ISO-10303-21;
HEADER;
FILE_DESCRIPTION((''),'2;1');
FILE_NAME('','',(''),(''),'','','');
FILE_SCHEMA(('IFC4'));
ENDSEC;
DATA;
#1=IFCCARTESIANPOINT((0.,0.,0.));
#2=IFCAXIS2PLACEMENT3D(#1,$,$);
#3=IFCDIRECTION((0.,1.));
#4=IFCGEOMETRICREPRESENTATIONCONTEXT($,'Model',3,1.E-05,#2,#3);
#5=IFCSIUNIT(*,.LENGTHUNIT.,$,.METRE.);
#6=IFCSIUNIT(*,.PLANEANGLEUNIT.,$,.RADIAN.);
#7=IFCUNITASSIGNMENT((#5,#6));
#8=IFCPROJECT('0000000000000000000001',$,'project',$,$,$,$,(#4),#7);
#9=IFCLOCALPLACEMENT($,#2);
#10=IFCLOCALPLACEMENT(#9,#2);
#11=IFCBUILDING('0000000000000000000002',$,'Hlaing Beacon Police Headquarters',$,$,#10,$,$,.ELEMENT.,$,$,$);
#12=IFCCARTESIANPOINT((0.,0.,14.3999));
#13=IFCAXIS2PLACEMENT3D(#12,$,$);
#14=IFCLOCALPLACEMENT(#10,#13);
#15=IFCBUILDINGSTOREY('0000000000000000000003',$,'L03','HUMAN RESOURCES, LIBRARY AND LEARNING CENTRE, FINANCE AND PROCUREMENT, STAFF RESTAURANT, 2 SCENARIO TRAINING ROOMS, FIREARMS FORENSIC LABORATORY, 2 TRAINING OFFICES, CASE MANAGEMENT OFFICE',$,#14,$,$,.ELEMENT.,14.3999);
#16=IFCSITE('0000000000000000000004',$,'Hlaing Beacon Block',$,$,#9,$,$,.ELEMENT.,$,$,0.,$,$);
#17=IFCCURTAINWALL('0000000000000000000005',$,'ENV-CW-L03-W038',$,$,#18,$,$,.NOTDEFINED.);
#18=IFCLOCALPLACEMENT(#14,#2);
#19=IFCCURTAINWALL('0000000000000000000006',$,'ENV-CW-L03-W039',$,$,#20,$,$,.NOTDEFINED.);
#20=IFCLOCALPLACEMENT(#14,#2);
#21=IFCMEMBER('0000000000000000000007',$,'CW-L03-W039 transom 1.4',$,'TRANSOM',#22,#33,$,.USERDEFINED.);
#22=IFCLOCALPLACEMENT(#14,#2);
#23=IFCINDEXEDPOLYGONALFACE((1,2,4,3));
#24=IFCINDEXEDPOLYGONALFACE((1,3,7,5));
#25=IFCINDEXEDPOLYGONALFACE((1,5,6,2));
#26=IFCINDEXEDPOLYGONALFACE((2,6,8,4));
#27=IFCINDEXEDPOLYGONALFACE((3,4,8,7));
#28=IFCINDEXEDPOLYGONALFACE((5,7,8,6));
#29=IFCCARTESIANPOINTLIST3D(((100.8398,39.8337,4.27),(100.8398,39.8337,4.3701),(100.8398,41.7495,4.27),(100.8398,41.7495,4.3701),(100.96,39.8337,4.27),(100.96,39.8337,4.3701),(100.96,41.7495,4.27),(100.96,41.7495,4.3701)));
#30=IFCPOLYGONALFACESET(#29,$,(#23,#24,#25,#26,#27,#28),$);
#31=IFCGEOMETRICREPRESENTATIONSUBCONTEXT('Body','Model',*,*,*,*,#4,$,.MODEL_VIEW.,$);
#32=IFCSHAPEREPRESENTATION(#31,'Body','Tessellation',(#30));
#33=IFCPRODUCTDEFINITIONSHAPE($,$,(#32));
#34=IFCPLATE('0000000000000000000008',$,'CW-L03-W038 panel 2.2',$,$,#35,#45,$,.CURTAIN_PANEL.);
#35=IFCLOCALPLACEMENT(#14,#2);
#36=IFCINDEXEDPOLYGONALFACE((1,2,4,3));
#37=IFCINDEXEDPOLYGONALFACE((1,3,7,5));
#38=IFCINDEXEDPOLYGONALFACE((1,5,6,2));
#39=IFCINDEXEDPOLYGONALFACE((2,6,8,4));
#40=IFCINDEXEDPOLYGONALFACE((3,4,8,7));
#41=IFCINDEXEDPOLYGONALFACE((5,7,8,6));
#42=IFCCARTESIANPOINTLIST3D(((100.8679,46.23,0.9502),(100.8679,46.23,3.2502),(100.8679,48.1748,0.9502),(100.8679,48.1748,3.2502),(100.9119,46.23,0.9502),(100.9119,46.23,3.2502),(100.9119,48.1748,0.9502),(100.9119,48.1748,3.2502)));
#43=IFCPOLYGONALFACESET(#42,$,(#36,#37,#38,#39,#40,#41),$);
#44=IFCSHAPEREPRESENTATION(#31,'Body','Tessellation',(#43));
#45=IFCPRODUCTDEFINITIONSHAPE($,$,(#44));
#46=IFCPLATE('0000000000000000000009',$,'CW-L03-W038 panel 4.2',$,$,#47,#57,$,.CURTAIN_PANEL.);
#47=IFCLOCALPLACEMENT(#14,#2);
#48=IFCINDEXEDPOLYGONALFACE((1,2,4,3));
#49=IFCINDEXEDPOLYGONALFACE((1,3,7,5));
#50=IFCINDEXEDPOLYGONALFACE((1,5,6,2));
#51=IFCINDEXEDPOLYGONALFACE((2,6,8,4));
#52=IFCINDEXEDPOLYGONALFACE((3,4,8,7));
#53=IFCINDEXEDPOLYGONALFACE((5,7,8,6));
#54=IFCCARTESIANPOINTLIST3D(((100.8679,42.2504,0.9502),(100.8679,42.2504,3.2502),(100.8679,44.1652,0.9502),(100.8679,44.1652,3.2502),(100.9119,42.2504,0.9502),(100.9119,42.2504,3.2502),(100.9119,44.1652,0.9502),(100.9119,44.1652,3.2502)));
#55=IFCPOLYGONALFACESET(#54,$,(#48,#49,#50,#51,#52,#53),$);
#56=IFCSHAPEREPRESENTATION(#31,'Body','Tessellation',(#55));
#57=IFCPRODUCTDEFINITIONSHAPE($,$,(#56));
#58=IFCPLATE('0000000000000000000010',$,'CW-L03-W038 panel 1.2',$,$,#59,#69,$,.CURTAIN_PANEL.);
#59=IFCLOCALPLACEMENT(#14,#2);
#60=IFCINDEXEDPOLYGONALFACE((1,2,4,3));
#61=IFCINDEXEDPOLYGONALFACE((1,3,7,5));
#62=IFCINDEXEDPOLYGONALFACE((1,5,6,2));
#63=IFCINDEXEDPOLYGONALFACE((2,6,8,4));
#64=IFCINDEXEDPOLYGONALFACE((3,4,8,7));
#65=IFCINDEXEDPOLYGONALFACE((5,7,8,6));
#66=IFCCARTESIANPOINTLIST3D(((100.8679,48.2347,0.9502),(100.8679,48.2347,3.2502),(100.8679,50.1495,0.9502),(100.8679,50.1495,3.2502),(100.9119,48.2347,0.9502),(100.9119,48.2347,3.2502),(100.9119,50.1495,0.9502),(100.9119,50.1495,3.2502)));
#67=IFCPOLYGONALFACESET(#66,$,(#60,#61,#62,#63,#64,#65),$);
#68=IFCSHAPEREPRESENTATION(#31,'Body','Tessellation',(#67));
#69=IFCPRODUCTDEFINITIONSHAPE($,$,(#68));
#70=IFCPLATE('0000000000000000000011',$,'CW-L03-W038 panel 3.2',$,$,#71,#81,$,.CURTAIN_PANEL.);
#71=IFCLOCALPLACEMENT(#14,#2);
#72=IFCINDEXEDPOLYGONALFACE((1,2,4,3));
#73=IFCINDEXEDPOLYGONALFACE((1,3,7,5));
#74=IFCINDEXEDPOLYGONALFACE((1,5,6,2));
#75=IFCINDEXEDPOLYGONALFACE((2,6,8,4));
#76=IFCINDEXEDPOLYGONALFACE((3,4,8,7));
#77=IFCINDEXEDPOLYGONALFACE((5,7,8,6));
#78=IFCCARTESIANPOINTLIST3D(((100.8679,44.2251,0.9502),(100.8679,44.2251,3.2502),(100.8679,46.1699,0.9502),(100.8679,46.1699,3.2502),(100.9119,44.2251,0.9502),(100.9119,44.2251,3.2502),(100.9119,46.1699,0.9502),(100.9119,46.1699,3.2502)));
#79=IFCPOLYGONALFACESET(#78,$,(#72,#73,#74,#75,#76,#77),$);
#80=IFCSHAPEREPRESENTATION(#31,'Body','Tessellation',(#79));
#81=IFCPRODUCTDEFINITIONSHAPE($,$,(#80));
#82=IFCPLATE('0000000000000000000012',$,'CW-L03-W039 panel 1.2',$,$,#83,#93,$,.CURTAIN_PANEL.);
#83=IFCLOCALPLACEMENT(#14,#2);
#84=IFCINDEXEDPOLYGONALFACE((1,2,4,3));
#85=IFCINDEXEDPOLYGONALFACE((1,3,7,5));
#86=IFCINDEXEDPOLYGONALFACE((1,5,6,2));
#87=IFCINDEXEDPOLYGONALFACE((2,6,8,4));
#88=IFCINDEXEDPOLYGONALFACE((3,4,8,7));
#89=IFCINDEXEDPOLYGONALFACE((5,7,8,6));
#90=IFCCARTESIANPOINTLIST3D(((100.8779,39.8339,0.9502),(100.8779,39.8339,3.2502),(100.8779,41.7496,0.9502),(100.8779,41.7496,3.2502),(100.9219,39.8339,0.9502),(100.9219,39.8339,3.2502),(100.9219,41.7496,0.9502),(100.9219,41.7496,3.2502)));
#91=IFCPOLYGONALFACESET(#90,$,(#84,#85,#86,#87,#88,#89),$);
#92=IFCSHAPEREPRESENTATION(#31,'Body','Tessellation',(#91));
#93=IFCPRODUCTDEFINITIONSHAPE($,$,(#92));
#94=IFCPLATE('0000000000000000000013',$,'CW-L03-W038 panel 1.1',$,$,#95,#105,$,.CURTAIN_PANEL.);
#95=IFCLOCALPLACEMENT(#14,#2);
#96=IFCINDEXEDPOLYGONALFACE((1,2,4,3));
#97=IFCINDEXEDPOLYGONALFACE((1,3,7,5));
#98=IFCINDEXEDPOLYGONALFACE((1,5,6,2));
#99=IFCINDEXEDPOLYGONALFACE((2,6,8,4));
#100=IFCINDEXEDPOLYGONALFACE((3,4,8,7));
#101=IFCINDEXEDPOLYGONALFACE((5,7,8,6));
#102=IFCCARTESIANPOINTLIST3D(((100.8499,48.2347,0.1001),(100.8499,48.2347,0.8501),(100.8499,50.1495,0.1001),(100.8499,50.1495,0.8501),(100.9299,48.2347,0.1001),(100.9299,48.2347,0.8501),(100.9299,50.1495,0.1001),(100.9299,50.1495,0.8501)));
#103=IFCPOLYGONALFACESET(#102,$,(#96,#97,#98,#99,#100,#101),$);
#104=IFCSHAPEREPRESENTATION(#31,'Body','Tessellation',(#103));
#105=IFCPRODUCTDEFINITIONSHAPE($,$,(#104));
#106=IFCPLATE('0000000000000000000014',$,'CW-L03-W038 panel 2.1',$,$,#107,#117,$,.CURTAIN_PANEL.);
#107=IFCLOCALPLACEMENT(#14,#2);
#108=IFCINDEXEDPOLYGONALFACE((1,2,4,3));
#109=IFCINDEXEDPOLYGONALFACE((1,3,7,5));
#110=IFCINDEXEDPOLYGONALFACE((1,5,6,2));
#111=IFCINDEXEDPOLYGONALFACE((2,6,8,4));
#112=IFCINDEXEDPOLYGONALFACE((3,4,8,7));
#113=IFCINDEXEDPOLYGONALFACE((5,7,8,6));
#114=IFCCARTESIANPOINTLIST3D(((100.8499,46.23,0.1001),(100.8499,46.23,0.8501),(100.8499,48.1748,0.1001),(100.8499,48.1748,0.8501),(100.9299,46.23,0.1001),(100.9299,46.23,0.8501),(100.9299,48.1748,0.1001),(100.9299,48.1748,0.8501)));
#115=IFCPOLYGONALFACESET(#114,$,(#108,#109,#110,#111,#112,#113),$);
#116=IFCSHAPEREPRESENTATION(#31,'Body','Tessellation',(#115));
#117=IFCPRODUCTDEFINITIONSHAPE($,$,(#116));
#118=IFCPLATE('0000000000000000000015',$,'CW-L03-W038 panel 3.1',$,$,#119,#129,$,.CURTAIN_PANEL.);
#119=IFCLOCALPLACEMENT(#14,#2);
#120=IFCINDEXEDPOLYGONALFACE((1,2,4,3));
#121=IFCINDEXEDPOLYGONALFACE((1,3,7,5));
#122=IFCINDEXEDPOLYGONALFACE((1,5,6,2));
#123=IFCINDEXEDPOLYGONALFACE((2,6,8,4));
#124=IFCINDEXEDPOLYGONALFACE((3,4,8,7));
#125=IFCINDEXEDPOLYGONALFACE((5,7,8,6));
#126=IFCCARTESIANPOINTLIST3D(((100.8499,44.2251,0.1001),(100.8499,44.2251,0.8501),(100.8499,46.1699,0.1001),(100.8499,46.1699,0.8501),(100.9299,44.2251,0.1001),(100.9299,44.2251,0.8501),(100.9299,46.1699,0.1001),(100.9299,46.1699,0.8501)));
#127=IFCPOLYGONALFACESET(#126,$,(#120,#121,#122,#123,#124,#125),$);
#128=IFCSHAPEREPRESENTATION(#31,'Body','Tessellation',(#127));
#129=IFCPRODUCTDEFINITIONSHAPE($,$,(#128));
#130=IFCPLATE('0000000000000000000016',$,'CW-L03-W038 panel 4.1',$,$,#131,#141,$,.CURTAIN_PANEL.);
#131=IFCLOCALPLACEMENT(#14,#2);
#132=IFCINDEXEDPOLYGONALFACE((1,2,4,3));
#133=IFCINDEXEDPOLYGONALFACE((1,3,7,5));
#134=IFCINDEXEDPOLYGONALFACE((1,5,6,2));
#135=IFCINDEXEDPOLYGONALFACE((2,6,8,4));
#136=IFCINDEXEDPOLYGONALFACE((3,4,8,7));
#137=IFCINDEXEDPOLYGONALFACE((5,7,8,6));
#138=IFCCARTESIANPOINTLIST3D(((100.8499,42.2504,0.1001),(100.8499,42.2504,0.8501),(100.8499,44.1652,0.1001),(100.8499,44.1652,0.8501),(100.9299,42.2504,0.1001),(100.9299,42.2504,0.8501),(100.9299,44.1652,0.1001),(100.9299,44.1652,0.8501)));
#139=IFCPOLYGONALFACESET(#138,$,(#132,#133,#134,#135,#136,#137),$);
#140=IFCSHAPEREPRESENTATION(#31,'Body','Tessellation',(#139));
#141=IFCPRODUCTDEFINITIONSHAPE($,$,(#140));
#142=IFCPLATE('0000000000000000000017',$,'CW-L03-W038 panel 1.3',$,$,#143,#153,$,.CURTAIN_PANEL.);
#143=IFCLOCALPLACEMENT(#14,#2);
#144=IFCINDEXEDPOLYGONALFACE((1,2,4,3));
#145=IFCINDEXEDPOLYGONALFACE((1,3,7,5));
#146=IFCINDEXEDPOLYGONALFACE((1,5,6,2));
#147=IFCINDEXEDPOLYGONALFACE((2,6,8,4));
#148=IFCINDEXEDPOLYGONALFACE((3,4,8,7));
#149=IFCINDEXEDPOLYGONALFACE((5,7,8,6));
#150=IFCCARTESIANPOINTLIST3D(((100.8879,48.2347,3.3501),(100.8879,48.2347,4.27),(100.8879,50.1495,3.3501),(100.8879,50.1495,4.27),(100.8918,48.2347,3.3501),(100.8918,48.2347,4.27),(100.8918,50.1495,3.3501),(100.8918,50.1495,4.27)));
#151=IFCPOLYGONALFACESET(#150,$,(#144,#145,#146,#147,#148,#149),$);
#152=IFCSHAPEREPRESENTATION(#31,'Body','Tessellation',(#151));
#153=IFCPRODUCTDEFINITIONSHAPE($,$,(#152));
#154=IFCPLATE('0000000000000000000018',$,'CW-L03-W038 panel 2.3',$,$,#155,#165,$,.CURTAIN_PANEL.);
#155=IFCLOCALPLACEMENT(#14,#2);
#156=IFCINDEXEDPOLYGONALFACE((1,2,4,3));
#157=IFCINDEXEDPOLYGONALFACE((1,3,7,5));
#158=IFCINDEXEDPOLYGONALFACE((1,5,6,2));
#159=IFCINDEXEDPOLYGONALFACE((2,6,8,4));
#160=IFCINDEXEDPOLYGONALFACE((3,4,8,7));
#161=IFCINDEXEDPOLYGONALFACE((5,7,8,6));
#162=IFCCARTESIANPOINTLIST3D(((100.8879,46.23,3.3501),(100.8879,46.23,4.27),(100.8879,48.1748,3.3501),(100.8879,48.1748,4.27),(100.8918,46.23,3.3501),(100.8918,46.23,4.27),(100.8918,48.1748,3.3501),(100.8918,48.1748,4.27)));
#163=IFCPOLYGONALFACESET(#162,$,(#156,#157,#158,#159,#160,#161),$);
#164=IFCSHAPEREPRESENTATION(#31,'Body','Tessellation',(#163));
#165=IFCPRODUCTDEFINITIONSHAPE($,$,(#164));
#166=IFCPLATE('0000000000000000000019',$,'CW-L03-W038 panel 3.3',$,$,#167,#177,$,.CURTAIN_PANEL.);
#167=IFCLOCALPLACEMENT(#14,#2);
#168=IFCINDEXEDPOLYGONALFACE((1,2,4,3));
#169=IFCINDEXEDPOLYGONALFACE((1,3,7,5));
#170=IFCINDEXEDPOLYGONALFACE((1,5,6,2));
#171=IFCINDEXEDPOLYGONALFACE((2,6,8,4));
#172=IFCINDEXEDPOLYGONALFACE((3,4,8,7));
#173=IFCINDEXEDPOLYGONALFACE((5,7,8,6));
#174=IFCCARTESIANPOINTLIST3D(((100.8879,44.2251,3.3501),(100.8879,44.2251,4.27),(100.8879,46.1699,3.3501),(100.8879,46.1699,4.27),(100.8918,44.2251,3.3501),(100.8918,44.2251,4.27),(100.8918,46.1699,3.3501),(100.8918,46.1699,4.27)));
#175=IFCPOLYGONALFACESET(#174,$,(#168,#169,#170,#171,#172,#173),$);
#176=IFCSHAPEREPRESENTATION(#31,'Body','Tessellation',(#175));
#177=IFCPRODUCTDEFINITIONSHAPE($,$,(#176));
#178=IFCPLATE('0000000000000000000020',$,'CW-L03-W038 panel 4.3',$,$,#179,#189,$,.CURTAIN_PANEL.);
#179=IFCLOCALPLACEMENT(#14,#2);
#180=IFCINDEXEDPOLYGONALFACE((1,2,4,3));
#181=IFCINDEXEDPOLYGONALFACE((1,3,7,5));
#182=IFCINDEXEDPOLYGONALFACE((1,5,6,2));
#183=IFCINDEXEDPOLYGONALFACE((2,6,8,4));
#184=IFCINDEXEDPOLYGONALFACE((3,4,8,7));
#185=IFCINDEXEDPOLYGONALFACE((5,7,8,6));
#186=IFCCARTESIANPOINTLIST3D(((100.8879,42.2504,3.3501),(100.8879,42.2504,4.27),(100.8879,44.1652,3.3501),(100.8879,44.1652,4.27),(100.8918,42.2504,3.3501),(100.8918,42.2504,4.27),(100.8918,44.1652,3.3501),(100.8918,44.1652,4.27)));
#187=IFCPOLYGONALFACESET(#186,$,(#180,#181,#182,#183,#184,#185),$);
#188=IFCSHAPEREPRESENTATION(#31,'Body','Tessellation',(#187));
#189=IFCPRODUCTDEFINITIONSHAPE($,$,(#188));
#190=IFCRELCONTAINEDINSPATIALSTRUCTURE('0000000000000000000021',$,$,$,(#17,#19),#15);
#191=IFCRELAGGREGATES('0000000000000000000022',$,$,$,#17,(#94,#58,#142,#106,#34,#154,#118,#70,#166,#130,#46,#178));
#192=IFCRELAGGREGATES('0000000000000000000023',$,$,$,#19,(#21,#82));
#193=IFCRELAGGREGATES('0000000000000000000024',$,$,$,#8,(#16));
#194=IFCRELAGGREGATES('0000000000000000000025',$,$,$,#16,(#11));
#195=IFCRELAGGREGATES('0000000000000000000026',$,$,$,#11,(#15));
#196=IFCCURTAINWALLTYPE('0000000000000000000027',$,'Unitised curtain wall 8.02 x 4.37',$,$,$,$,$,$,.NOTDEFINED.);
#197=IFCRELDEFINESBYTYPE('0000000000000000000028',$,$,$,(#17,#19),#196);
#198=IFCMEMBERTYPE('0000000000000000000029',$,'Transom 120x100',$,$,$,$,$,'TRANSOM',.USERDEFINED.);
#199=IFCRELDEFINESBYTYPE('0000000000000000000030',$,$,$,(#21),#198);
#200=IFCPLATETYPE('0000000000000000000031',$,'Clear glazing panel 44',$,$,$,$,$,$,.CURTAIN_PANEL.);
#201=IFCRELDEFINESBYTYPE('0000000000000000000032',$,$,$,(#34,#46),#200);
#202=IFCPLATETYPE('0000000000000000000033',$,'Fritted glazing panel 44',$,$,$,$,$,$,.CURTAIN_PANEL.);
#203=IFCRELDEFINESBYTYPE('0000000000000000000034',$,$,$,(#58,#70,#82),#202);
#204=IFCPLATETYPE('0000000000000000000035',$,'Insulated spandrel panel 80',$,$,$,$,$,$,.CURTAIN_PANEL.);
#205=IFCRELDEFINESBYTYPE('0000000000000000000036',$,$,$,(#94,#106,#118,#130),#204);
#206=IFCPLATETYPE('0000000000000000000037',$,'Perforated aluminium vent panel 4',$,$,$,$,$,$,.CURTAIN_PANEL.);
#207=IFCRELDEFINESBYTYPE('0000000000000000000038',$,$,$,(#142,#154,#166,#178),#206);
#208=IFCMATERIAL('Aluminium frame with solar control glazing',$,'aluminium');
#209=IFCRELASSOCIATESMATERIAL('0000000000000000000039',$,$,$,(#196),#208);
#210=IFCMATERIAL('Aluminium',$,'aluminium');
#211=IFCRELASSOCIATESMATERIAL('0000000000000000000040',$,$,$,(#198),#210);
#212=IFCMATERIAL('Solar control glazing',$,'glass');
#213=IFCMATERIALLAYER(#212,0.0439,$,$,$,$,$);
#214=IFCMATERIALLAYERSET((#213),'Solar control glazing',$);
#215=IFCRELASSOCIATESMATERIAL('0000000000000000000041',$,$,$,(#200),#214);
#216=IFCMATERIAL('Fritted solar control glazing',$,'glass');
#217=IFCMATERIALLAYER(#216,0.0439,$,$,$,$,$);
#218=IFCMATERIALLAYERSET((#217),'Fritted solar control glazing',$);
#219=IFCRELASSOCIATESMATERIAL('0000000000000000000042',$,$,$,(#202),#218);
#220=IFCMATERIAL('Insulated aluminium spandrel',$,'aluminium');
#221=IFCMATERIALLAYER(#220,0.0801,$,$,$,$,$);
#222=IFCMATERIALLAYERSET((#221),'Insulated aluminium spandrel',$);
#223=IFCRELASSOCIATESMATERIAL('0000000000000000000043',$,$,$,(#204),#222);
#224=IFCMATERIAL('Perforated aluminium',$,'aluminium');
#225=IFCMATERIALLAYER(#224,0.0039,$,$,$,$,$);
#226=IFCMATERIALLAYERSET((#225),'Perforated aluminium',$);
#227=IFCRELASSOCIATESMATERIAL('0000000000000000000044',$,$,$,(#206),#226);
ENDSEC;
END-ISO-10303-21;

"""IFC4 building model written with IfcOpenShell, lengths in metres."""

from ifc_helpers import new_model, si_unit, direction, frame, origin, origin_2d, place, context, subcontext, project, spatial, rectangle, extrude, material, layer, layer_set, material_profile, profile_set, type_object, element, aggregate, save


model = new_model("IFC4")

# Units and contexts
model_context = context("Model", 3, precision=1e-05, world=origin(), true_north=direction((0.0, 1.0)))
body_context = subcontext(model_context, "Body", "Model", "MODEL_VIEW")
ifc_project = project(units=[si_unit("LENGTHUNIT", "METRE"), si_unit("PLANEANGLEUNIT", "RADIAN")], contexts=[model_context])

# Site, building, storey
site_placement = place(None, origin())
site = spatial("IfcSite", under=ifc_project, at=site_placement, Name="Hlaing Beacon Block", CompositionType="ELEMENT", RefElevation=0.0)
building_placement = place(site_placement, origin())
building = spatial("IfcBuilding", under=site, at=building_placement, Name="Hlaing Beacon Police Headquarters", CompositionType="ELEMENT")
storey_placement = place(building_placement, frame((0.0, 0.0, 14.3999)))
storey = spatial("IfcBuildingStorey", under=building, at=storey_placement, Name="L03", Description="HUMAN RESOURCES, LIBRARY AND LEARNING CENTRE, FINANCE AND PROCUREMENT, STAFF RESTAURANT, 2 SCENARIO TRAINING ROOMS, FIREARMS FORENSIC LABORATORY, 2 TRAINING OFFICES, CASE MANAGEMENT OFFICE", CompositionType="ELEMENT", Elevation=14.3999)

# Curtain wall
ifc_material_1 = material(Name="Aluminium frame with solar control glazing", Category="aluminium")
curtain_wall_type = type_object("IfcCurtainWallType", Name="Unitised curtain wall 8.02 x 4.37", PredefinedType="NOTDEFINED", material=ifc_material_1)
curtain_wall_1_placement = place(storey_placement, origin())
curtain_wall_1 = element("IfcCurtainWall", 1, at=curtain_wall_1_placement, inside=storey, type_object=curtain_wall_type, Name="ENV-CW-L03-W038", PredefinedType="NOTDEFINED")

# Curtain wall, member
curtain_wall_2_placement = place(storey_placement, origin())
curtain_wall_2 = element("IfcCurtainWall", 2, at=curtain_wall_2_placement, inside=storey, type_object=curtain_wall_type, Name="ENV-CW-L03-W039", PredefinedType="NOTDEFINED")
ifc_material_2 = material(Name="Aluminium", Category="aluminium")
ifc_material_profile_1 = material_profile(ifc_material_2, rectangle(XDim=0.1201, YDim=0.1001, at=origin_2d()), Name="Transom 120x100")
ifc_profile_set_1 = profile_set([ifc_material_profile_1], Name="Aluminium")
member_type_1 = type_object("IfcMemberType", Name="Transom 120x100", ElementType="TRANSOM", PredefinedType="USERDEFINED", material=ifc_profile_set_1)
member_1_placement = place(storey_placement, frame((100.8999, 41.7495, 4.3201), z_axis=(0.0, -1.0, 0.0), x_axis=(1.0, 0.0, 0.0)))
member_1 = element("IfcMember", 3, at=member_1_placement, type_object=member_type_1, Name="CW-L03-W039 transom 1.4", ObjectType="TRANSOM", PredefinedType="USERDEFINED", context=body_context, shape_type="SweptSolid", body=[
    extrude(rectangle(XDim=0.1201, YDim=0.1001, at=origin_2d()), origin(), (0.0, 0.0, 1.0), 1.9158),
])

# Plates
ifc_material_3 = material(Name="Solar control glazing", Category="glass")
ifc_layer_1 = layer(ifc_material_3, 0.0439)
ifc_layer_set_1 = layer_set([ifc_layer_1], Name="Solar control glazing")
plate_type_1 = type_object("IfcPlateType", Name="Clear glazing panel 44", PredefinedType="CURTAIN_PANEL", material=ifc_layer_set_1)
plate_1_placement = place(storey_placement, frame((100.8899, 47.2024, 0.9502), z_axis=(0.0, 0.0, 1.0), x_axis=(0.0, -1.0, 0.0)))
plate_1 = element("IfcPlate", 4, at=plate_1_placement, type_object=plate_type_1, Name="CW-L03-W038 panel 2.2", PredefinedType="CURTAIN_PANEL", context=body_context, shape_type="SweptSolid", body=[
    extrude(rectangle(XDim=1.9448, YDim=0.0439, at=origin_2d()), origin(), (0.0, 0.0, 1.0), 2.3),
])
plate_2_placement = place(storey_placement, frame((100.8899, 43.2078, 0.9502), z_axis=(0.0, 0.0, 1.0), x_axis=(0.0, -1.0, 0.0)))
plate_2 = element("IfcPlate", 5, at=plate_2_placement, type_object=plate_type_1, Name="CW-L03-W038 panel 4.2", PredefinedType="CURTAIN_PANEL", context=body_context, shape_type="SweptSolid", body=[
    extrude(rectangle(XDim=1.9148, YDim=0.0439, at=origin_2d()), origin(), (0.0, 0.0, 1.0), 2.3),
])
ifc_material_4 = material(Name="Fritted solar control glazing", Category="glass")
ifc_layer_2 = layer(ifc_material_4, 0.0439)
ifc_layer_set_2 = layer_set([ifc_layer_2], Name="Fritted solar control glazing")
plate_type_2 = type_object("IfcPlateType", Name="Fritted glazing panel 44", PredefinedType="CURTAIN_PANEL", material=ifc_layer_set_2)
plate_3_placement = place(storey_placement, frame((100.8899, 49.1921, 0.9502), z_axis=(0.0, 0.0, 1.0), x_axis=(0.0, -1.0, 0.0)))
plate_3 = element("IfcPlate", 6, at=plate_3_placement, type_object=plate_type_2, Name="CW-L03-W038 panel 1.2", PredefinedType="CURTAIN_PANEL", context=body_context, shape_type="SweptSolid", body=[
    extrude(rectangle(XDim=1.9148, YDim=0.0439, at=origin_2d()), origin(), (0.0, 0.0, 1.0), 2.3),
])
plate_4_placement = place(storey_placement, frame((100.8899, 45.1975, 0.9502), z_axis=(0.0, 0.0, 1.0), x_axis=(0.0, -1.0, 0.0)))
plate_4 = element("IfcPlate", 7, at=plate_4_placement, type_object=plate_type_2, Name="CW-L03-W038 panel 3.2", PredefinedType="CURTAIN_PANEL", context=body_context, shape_type="SweptSolid", body=[
    extrude(rectangle(XDim=1.9448, YDim=0.0439, at=origin_2d()), origin(), (0.0, 0.0, 1.0), 2.3),
])
plate_5_placement = place(storey_placement, frame((100.8999, 40.7917, 0.9502), z_axis=(0.0, 0.0, 1.0), x_axis=(0.0, -1.0, 0.0)))
plate_5 = element("IfcPlate", 8, at=plate_5_placement, type_object=plate_type_2, Name="CW-L03-W039 panel 1.2", PredefinedType="CURTAIN_PANEL", context=body_context, shape_type="SweptSolid", body=[
    extrude(rectangle(XDim=1.9158, YDim=0.0439, at=origin_2d()), origin(), (0.0, 0.0, 1.0), 2.3),
])
ifc_material_5 = material(Name="Insulated aluminium spandrel", Category="aluminium")
ifc_layer_3 = layer(ifc_material_5, 0.0801)
ifc_layer_set_3 = layer_set([ifc_layer_3], Name="Insulated aluminium spandrel")
plate_type_3 = type_object("IfcPlateType", Name="Insulated spandrel panel 80", PredefinedType="CURTAIN_PANEL", material=ifc_layer_set_3)
plate_6_placement = place(storey_placement, frame((100.8899, 49.1921, 0.1001), z_axis=(0.0, 0.0, 1.0), x_axis=(0.0, -1.0, 0.0)))
plate_6 = element("IfcPlate", 9, at=plate_6_placement, type_object=plate_type_3, Name="CW-L03-W038 panel 1.1", PredefinedType="CURTAIN_PANEL", context=body_context, shape_type="SweptSolid", body=[
    extrude(rectangle(XDim=1.9148, YDim=0.0801, at=origin_2d()), origin(), (0.0, 0.0, 1.0), 0.75),
])
plate_7_placement = place(storey_placement, frame((100.8899, 47.2024, 0.1001), z_axis=(0.0, 0.0, 1.0), x_axis=(0.0, -1.0, 0.0)))
plate_7 = element("IfcPlate", 10, at=plate_7_placement, type_object=plate_type_3, Name="CW-L03-W038 panel 2.1", PredefinedType="CURTAIN_PANEL", context=body_context, shape_type="SweptSolid", body=[
    extrude(rectangle(XDim=1.9448, YDim=0.0801, at=origin_2d()), origin(), (0.0, 0.0, 1.0), 0.75),
])
plate_8_placement = place(storey_placement, frame((100.8899, 45.1975, 0.1001), z_axis=(0.0, 0.0, 1.0), x_axis=(0.0, -1.0, 0.0)))
plate_8 = element("IfcPlate", 11, at=plate_8_placement, type_object=plate_type_3, Name="CW-L03-W038 panel 3.1", PredefinedType="CURTAIN_PANEL", context=body_context, shape_type="SweptSolid", body=[
    extrude(rectangle(XDim=1.9448, YDim=0.0801, at=origin_2d()), origin(), (0.0, 0.0, 1.0), 0.75),
])
plate_9_placement = place(storey_placement, frame((100.8899, 43.2078, 0.1001), z_axis=(0.0, 0.0, 1.0), x_axis=(0.0, -1.0, 0.0)))
plate_9 = element("IfcPlate", 12, at=plate_9_placement, type_object=plate_type_3, Name="CW-L03-W038 panel 4.1", PredefinedType="CURTAIN_PANEL", context=body_context, shape_type="SweptSolid", body=[
    extrude(rectangle(XDim=1.9148, YDim=0.0801, at=origin_2d()), origin(), (0.0, 0.0, 1.0), 0.75),
])
ifc_material_6 = material(Name="Perforated aluminium", Category="aluminium")
ifc_layer_4 = layer(ifc_material_6, 0.0039)
ifc_layer_set_4 = layer_set([ifc_layer_4], Name="Perforated aluminium")
plate_type_4 = type_object("IfcPlateType", Name="Perforated aluminium vent panel 4", PredefinedType="CURTAIN_PANEL", material=ifc_layer_set_4)
plate_10_placement = place(storey_placement, frame((100.8899, 49.1921, 3.3501), z_axis=(0.0, 0.0, 1.0), x_axis=(0.0, -1.0, 0.0)))
plate_10 = element("IfcPlate", 13, at=plate_10_placement, type_object=plate_type_4, Name="CW-L03-W038 panel 1.3", PredefinedType="CURTAIN_PANEL", context=body_context, shape_type="SweptSolid", body=[
    extrude(rectangle(XDim=1.9148, YDim=0.0039, at=origin_2d()), origin(), (0.0, 0.0, 1.0), 0.9199),
])
plate_11_placement = place(storey_placement, frame((100.8899, 47.2024, 3.3501), z_axis=(0.0, 0.0, 1.0), x_axis=(0.0, -1.0, 0.0)))
plate_11 = element("IfcPlate", 14, at=plate_11_placement, type_object=plate_type_4, Name="CW-L03-W038 panel 2.3", PredefinedType="CURTAIN_PANEL", context=body_context, shape_type="SweptSolid", body=[
    extrude(rectangle(XDim=1.9448, YDim=0.0039, at=origin_2d()), origin(), (0.0, 0.0, 1.0), 0.9199),
])
plate_12_placement = place(storey_placement, frame((100.8899, 45.1975, 3.3501), z_axis=(0.0, 0.0, 1.0), x_axis=(0.0, -1.0, 0.0)))
plate_12 = element("IfcPlate", 15, at=plate_12_placement, type_object=plate_type_4, Name="CW-L03-W038 panel 3.3", PredefinedType="CURTAIN_PANEL", context=body_context, shape_type="SweptSolid", body=[
    extrude(rectangle(XDim=1.9448, YDim=0.0039, at=origin_2d()), origin(), (0.0, 0.0, 1.0), 0.9199),
])
plate_13_placement = place(storey_placement, frame((100.8899, 43.2078, 3.3501), z_axis=(0.0, 0.0, 1.0), x_axis=(0.0, -1.0, 0.0)))
plate_13 = element("IfcPlate", 16, at=plate_13_placement, type_object=plate_type_4, Name="CW-L03-W038 panel 4.3", PredefinedType="CURTAIN_PANEL", context=body_context, shape_type="SweptSolid", body=[
    extrude(rectangle(XDim=1.9148, YDim=0.0039, at=origin_2d()), origin(), (0.0, 0.0, 1.0), 0.9199),
])
aggregate(curtain_wall_1, [plate_6, plate_3, plate_10, plate_7, plate_1, plate_11, plate_8, plate_4, plate_12, plate_9, plate_2, plate_13])
aggregate(curtain_wall_2, [member_1, plate_5])

save(model, "model.ifc")
